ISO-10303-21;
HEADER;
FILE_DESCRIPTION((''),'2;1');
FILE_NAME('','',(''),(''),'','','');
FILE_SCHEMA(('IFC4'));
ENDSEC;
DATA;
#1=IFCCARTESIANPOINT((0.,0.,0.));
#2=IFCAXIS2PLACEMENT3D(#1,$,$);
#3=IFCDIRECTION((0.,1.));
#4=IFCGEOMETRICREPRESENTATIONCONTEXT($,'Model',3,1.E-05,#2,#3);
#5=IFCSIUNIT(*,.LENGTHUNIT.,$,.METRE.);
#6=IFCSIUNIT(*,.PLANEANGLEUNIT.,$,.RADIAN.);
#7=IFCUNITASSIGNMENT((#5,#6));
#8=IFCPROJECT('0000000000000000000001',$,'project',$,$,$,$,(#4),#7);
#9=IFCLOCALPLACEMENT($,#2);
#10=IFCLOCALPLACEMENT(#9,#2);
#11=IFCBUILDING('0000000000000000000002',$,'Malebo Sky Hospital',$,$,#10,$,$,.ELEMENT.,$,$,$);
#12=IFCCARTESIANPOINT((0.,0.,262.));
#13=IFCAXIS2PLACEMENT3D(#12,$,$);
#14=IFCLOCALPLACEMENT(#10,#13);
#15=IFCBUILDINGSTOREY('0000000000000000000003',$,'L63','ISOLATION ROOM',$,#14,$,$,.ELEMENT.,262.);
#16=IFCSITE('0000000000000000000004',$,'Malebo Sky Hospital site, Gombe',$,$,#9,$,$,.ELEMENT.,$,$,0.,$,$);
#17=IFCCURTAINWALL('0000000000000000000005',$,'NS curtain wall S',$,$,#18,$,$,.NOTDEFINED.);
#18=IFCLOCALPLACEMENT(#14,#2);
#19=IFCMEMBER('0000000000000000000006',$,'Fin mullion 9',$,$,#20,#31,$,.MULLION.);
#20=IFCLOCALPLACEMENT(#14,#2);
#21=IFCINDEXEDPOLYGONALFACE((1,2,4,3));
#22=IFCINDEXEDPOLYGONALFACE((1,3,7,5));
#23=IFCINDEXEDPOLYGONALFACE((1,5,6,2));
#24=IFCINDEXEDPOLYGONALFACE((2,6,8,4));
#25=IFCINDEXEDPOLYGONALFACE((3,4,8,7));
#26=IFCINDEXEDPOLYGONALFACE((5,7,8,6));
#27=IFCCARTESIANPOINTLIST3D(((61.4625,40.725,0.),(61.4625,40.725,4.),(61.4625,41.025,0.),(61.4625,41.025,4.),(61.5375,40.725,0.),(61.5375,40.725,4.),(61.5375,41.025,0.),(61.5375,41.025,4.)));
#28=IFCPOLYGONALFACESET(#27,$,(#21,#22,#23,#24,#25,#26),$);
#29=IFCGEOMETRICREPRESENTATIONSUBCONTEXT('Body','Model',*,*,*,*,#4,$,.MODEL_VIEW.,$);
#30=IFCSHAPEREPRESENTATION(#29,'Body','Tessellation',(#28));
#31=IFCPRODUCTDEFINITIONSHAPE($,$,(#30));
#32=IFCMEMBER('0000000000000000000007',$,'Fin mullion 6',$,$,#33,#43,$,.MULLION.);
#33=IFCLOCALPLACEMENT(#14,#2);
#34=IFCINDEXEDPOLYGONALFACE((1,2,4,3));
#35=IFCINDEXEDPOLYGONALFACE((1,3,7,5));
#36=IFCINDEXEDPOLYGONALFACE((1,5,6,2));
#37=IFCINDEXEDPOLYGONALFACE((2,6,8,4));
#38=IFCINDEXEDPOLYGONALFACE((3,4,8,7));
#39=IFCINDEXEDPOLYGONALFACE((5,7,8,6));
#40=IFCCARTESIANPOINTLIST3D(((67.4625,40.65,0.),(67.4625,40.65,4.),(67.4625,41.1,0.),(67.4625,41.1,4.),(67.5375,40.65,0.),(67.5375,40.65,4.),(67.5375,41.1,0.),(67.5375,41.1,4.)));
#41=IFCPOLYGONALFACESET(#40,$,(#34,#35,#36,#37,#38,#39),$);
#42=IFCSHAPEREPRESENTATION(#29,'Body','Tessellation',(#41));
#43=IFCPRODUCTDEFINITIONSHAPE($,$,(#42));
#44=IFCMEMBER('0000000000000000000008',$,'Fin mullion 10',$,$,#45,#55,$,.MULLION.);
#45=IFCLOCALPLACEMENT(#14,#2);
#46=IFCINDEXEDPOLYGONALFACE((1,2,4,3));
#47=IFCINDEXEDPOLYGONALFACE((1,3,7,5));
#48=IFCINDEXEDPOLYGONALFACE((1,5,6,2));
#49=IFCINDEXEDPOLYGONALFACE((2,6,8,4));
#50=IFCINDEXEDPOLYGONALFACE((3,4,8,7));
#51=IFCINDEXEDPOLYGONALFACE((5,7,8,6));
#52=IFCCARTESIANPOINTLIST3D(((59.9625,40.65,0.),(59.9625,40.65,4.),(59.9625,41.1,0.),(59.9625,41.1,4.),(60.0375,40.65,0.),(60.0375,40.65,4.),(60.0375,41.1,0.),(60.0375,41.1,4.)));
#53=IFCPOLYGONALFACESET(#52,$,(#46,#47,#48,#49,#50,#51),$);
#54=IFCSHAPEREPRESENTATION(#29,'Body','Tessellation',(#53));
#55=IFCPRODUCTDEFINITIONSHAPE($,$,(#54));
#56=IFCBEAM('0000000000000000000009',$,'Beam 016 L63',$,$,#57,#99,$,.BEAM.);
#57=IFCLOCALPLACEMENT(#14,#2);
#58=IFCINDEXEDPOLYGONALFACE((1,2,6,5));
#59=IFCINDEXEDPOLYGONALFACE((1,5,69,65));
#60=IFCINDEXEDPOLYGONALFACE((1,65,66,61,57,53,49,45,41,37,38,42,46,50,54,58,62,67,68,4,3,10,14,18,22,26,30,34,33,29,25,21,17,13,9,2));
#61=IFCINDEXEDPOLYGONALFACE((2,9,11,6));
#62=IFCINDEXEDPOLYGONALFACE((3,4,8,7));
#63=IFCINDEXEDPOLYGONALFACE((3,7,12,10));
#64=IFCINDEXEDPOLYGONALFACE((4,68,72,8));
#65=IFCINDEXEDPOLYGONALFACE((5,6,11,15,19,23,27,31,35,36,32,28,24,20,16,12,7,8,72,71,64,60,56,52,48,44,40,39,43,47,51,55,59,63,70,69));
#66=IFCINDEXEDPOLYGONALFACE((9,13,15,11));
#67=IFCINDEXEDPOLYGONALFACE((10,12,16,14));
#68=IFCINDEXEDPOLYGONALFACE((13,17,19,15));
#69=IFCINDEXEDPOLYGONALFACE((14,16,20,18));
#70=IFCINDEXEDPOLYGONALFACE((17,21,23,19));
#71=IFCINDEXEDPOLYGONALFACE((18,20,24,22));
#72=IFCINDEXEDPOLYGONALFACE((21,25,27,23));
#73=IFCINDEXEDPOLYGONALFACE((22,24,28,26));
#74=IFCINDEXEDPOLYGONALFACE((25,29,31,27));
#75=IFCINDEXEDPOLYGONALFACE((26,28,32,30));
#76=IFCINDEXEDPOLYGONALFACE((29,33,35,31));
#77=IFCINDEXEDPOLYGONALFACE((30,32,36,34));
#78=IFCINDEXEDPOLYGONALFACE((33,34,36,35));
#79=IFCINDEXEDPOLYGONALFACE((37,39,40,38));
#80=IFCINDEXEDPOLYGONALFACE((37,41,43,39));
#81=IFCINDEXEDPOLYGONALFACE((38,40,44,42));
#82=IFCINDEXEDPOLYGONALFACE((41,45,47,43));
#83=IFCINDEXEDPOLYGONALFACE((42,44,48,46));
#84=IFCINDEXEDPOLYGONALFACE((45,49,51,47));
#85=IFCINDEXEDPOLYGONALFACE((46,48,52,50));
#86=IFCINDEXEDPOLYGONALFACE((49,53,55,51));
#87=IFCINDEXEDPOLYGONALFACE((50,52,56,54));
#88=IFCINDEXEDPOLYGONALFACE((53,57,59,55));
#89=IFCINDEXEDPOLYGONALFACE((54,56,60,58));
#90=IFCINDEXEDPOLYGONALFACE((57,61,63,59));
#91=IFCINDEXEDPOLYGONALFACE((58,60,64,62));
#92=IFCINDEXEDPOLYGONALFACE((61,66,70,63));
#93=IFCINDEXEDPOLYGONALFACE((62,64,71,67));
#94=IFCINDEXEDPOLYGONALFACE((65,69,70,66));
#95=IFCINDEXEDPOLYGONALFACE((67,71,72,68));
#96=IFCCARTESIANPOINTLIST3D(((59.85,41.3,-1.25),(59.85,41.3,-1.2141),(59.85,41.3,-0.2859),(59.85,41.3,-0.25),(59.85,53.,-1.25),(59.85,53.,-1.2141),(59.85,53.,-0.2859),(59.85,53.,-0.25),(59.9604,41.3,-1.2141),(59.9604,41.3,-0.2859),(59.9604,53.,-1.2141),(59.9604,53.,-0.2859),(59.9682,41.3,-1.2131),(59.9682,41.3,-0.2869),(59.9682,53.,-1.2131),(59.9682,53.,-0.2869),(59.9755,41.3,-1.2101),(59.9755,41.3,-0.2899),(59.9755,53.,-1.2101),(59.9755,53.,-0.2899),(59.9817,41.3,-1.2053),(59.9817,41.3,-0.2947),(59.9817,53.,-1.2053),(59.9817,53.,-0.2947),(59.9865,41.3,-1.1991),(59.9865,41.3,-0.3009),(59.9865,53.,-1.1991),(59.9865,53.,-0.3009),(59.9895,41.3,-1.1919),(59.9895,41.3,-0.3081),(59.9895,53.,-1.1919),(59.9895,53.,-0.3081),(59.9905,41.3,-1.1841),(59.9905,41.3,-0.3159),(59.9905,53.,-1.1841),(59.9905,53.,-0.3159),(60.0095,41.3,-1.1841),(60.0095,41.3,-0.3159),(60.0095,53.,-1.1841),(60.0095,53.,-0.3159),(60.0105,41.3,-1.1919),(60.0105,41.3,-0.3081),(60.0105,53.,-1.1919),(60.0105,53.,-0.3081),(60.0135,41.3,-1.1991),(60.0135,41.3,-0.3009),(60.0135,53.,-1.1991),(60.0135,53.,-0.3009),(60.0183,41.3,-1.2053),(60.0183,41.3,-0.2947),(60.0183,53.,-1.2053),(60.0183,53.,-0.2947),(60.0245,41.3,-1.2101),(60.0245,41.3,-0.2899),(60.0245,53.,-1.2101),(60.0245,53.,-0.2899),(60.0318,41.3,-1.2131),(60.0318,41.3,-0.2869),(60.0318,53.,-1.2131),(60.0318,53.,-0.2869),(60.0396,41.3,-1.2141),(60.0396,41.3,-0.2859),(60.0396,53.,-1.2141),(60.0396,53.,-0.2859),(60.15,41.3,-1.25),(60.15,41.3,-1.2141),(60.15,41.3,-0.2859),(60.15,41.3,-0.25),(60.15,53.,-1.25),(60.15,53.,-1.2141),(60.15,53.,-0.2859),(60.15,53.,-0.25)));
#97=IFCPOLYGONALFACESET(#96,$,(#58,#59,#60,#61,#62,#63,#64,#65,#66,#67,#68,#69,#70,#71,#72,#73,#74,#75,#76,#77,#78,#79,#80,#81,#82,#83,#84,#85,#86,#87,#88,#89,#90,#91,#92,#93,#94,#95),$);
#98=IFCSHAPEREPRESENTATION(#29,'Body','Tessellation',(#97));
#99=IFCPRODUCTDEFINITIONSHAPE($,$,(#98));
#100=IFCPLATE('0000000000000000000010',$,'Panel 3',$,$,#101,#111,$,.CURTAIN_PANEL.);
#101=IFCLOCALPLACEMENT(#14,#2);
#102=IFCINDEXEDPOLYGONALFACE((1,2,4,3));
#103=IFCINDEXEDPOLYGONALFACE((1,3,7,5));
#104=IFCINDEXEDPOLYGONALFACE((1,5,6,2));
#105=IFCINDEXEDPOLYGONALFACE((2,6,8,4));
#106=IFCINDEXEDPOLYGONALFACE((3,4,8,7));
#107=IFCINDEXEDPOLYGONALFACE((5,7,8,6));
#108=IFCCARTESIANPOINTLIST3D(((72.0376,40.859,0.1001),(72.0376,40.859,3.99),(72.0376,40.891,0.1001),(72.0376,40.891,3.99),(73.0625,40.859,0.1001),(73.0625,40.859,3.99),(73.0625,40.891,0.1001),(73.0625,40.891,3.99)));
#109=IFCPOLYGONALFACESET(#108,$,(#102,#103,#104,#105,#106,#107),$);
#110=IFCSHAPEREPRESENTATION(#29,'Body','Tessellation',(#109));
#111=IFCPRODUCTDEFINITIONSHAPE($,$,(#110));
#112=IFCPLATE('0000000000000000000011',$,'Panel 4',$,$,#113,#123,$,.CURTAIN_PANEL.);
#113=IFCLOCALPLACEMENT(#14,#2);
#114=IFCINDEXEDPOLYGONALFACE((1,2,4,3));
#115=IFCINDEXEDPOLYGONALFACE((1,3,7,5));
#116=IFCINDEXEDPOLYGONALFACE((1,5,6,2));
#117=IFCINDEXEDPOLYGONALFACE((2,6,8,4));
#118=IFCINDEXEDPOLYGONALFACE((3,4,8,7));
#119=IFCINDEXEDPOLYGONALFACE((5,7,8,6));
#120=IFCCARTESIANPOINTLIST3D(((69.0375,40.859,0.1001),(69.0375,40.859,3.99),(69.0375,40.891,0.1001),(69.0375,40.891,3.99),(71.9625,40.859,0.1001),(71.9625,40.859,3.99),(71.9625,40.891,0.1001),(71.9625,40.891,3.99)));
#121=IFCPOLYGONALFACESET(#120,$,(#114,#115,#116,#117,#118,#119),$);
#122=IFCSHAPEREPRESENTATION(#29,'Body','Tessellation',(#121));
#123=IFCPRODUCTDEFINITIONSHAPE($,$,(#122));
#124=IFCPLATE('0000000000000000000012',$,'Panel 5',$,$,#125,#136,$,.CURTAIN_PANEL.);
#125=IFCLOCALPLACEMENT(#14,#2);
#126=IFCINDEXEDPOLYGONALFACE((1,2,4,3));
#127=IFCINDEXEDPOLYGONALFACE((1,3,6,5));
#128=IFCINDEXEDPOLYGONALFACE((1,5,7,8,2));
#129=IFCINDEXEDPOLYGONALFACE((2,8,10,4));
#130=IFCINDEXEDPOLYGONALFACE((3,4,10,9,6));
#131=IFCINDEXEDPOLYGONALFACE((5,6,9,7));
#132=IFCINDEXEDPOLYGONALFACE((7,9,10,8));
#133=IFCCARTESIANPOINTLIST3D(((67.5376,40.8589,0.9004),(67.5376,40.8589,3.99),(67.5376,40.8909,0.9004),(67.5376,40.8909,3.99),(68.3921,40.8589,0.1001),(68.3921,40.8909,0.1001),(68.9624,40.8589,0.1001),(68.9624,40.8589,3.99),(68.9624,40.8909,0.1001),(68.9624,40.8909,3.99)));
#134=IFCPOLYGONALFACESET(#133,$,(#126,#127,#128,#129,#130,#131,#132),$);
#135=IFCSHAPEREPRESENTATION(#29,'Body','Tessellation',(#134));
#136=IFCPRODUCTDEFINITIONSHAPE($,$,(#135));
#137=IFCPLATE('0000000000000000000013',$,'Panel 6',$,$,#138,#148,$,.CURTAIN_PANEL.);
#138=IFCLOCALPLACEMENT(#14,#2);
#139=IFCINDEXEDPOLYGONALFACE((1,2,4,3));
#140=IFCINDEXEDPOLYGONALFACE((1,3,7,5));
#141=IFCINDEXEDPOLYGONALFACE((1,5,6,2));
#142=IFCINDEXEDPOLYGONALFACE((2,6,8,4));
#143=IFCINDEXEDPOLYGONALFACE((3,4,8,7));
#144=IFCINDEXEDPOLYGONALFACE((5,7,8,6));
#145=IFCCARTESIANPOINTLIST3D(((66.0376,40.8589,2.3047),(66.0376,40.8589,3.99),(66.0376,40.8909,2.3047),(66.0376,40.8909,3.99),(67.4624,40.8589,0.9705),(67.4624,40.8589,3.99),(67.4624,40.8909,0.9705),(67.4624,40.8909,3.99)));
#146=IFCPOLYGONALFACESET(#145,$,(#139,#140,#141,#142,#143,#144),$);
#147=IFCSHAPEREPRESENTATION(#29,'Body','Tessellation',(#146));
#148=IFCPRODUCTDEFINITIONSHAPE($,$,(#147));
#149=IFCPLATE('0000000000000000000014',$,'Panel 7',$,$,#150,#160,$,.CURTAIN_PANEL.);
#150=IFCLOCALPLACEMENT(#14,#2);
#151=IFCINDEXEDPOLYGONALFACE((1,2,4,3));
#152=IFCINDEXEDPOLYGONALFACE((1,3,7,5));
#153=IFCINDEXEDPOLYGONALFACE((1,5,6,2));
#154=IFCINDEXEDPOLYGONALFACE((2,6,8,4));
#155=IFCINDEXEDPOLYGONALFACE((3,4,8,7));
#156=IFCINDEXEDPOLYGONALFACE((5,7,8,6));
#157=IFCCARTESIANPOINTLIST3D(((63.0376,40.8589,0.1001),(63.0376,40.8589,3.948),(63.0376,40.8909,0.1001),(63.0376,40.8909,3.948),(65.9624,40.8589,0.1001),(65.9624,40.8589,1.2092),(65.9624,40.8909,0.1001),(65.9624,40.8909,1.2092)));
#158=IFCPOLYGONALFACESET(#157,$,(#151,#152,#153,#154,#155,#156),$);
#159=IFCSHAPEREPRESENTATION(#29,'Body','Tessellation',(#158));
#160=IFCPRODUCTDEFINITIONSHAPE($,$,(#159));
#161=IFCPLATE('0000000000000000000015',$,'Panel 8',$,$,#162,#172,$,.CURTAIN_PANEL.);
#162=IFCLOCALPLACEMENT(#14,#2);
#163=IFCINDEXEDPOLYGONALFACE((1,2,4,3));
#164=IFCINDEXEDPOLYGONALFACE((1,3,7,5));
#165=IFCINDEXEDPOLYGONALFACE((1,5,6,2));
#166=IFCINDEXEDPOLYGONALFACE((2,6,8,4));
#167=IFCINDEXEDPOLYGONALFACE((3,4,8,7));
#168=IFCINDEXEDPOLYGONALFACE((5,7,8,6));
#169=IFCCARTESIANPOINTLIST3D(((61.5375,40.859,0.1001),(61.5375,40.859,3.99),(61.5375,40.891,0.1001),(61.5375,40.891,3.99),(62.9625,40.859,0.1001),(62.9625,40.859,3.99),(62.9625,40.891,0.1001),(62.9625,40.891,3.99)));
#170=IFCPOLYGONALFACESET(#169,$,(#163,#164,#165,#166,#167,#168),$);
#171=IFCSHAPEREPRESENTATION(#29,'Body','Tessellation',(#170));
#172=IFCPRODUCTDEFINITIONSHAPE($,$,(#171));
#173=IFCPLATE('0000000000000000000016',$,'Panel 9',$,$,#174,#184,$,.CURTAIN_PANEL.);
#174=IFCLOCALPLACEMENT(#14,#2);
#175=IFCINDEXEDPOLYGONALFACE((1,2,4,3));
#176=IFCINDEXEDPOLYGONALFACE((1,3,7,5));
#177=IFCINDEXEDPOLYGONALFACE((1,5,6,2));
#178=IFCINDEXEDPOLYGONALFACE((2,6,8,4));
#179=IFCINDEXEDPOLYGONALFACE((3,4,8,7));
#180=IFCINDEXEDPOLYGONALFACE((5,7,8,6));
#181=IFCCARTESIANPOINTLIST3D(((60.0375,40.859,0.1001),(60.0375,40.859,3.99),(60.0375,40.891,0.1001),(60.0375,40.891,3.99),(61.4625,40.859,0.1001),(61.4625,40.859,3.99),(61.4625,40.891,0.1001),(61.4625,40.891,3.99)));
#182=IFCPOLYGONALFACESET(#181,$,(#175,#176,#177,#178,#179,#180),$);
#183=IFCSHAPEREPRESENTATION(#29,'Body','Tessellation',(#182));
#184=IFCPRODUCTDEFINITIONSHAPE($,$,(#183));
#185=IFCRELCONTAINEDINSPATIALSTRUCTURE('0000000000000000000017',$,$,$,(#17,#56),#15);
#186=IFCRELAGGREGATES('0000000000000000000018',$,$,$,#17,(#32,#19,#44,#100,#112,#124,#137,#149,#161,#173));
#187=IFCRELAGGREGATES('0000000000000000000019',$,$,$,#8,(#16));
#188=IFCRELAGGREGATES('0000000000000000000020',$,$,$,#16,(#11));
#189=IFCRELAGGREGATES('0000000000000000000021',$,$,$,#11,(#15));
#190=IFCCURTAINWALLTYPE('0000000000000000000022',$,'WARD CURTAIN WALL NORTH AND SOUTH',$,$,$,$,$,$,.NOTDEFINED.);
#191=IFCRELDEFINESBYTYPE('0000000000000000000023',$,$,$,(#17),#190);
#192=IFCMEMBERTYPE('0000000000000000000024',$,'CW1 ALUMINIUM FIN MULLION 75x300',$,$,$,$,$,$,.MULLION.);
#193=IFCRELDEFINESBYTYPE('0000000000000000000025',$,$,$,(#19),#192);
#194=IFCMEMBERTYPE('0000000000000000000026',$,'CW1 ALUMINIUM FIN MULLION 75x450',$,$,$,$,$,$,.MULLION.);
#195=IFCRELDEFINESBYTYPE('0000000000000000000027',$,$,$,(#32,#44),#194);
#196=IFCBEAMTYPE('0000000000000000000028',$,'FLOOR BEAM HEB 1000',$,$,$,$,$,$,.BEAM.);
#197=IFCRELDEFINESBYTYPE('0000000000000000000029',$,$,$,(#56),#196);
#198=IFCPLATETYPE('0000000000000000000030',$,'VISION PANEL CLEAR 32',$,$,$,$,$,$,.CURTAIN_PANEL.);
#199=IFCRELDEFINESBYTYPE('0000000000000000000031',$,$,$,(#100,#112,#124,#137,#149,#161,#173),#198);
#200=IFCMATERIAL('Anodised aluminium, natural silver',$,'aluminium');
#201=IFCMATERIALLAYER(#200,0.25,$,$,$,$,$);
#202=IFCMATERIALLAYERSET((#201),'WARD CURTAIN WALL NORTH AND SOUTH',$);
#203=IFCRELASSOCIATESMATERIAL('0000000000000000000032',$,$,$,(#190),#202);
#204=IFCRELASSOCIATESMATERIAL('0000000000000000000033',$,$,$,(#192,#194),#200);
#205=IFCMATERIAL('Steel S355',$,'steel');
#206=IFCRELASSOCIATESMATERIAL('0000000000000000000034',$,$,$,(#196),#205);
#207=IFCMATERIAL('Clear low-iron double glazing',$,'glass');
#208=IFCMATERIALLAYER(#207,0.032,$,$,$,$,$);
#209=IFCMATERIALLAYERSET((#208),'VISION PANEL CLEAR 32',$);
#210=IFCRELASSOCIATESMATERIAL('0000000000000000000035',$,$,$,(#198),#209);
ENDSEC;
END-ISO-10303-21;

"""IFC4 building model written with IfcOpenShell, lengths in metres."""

from ifc_helpers import new_model, si_unit, direction, frame, origin, origin_2d, place, context, subcontext, project, spatial, polyline, rectangle, i_section, outline, extrude, material, layer, layer_set, material_profile, profile_set, type_object, element, aggregate, save


model = new_model("IFC4")

# Units and contexts
model_context = context("Model", 3, precision=1e-05, world=origin(), true_north=direction((0.0, 1.0)))
body_context = subcontext(model_context, "Body", "Model", "MODEL_VIEW")
ifc_project = project(units=[si_unit("LENGTHUNIT", "METRE"), si_unit("PLANEANGLEUNIT", "RADIAN")], contexts=[model_context])

# Site, building, storey
site_placement = place(None, origin())
site = spatial("IfcSite", under=ifc_project, at=site_placement, Name="Malebo Sky Hospital site, Gombe", CompositionType="ELEMENT", RefElevation=0.0)
building_placement = place(site_placement, origin())
building = spatial("IfcBuilding", under=site, at=building_placement, Name="Malebo Sky Hospital", CompositionType="ELEMENT")
storey_placement = place(building_placement, frame((0.0, 0.0, 262.0)))
storey = spatial("IfcBuildingStorey", under=building, at=storey_placement, Name="L63", Description="ISOLATION ROOM", CompositionType="ELEMENT", Elevation=262.0)

# Curtain wall
ifc_material_1 = material(Name="Anodised aluminium, natural silver", Category="aluminium")
ifc_layer_1 = layer(ifc_material_1, 0.25)
ifc_layer_set_1 = layer_set([ifc_layer_1], Name="WARD CURTAIN WALL NORTH AND SOUTH")
curtain_wall_type = type_object("IfcCurtainWallType", Name="WARD CURTAIN WALL NORTH AND SOUTH", PredefinedType="NOTDEFINED", material=ifc_layer_set_1)
curtain_wall_placement = place(storey_placement, origin())
curtain_wall = element("IfcCurtainWall", 1, at=curtain_wall_placement, inside=storey, type_object=curtain_wall_type, Name="NS curtain wall S", PredefinedType="NOTDEFINED")

# Members
ifc_material_2 = material(Name="Steel S355", Category="steel")
ifc_material_profile_1 = material_profile(ifc_material_1, rectangle(XDim=0.075, YDim=0.3, at=origin_2d()), Name="CW1 ALUMINIUM FIN MULLION 75x300")
ifc_profile_set_1 = profile_set([ifc_material_profile_1], Name="Anodised aluminium, natural silver")
member_type_1 = type_object("IfcMemberType", Name="CW1 ALUMINIUM FIN MULLION 75x300", PredefinedType="MULLION", material=ifc_profile_set_1)
member_1_placement = place(storey_placement, frame((61.5, 40.875, 0.0), z_axis=(0.0, 0.0, 1.0), x_axis=(-1.0, 0.0, 0.0)))
member_1 = element("IfcMember", 2, at=member_1_placement, type_object=member_type_1, Name="Fin mullion 9", PredefinedType="MULLION", context=body_context, shape_type="SweptSolid", body=[
    extrude(rectangle(XDim=0.075, YDim=0.3, at=origin_2d()), origin(), (0.0, 0.0, 1.0), 4.0),
])
ifc_material_profile_2 = material_profile(ifc_material_1, rectangle(XDim=0.075, YDim=0.45, at=origin_2d()), Name="CW1 ALUMINIUM FIN MULLION 75x450")
ifc_profile_set_2 = profile_set([ifc_material_profile_2], Name="Anodised aluminium, natural silver")
member_type_2 = type_object("IfcMemberType", Name="CW1 ALUMINIUM FIN MULLION 75x450", PredefinedType="MULLION", material=ifc_profile_set_2)
member_2_placement = place(storey_placement, frame((67.5, 40.875, 0.0), z_axis=(0.0, 0.0, 1.0), x_axis=(-1.0, 0.0, 0.0)))
member_2 = element("IfcMember", 3, at=member_2_placement, type_object=member_type_2, Name="Fin mullion 6", PredefinedType="MULLION", context=body_context, shape_type="SweptSolid", body=[
    extrude(rectangle(XDim=0.075, YDim=0.45, at=origin_2d()), origin(), (0.0, 0.0, 1.0), 4.0),
])
member_3_placement = place(storey_placement, frame((60.0, 40.875, 0.0), z_axis=(0.0, 0.0, 1.0), x_axis=(-1.0, 0.0, 0.0)))
member_3 = element("IfcMember", 4, at=member_3_placement, type_object=member_type_2, Name="Fin mullion 10", PredefinedType="MULLION", context=body_context, shape_type="SweptSolid", body=[
    extrude(rectangle(XDim=0.075, YDim=0.45, at=origin_2d()), origin(), (0.0, 0.0, 1.0), 4.0),
])

# Beam
ifc_material_profile_3 = material_profile(ifc_material_2, i_section(OverallWidth=0.3, OverallDepth=1.0, WebThickness=0.019, FlangeThickness=0.0359, FilletRadius=0.03, at=origin_2d()), Name="HEB 1000")
ifc_profile_set_3 = profile_set([ifc_material_profile_3], Name="Steel S355")
beam_type = type_object("IfcBeamType", Name="FLOOR BEAM HEB 1000", PredefinedType="BEAM", material=ifc_profile_set_3)
beam_placement = place(storey_placement, frame((60.0, 41.3, -0.75), z_axis=(0.0, 1.0, 0.0), x_axis=(-1.0, 0.0, 0.0)))
element("IfcBeam", 5, at=beam_placement, inside=storey, type_object=beam_type, Name="Beam 016 L63", PredefinedType="BEAM", context=body_context, shape_type="SweptSolid", body=[
    extrude(i_section(OverallWidth=0.3, OverallDepth=1.0, WebThickness=0.019, FlangeThickness=0.0359, FilletRadius=0.03, at=origin_2d()), origin(), (0.0, 0.0, 1.0), 11.7),
])

# Plates
ifc_material_3 = material(Name="Clear low-iron double glazing", Category="glass")
ifc_layer_2 = layer(ifc_material_3, 0.032)
ifc_layer_set_2 = layer_set([ifc_layer_2], Name="VISION PANEL CLEAR 32")
plate_type = type_object("IfcPlateType", Name="VISION PANEL CLEAR 32", PredefinedType="CURTAIN_PANEL", material=ifc_layer_set_2)
plate_1_placement = place(storey_placement, frame((72.55, 40.875, 0.1001), z_axis=(0.0, 0.0, 1.0), x_axis=(-1.0, 0.0, 0.0)))
plate_1 = element("IfcPlate", 6, at=plate_1_placement, type_object=plate_type, Name="Panel 3", PredefinedType="CURTAIN_PANEL", context=body_context, shape_type="SweptSolid", body=[
    extrude(rectangle(XDim=1.0249, YDim=0.032, at=origin_2d()), origin(), (0.0, 0.0, 1.0), 3.8899),
])
plate_2_placement = place(storey_placement, frame((70.5, 40.875, 0.1001), z_axis=(0.0, 0.0, 1.0), x_axis=(-1.0, 0.0, 0.0)))
plate_2 = element("IfcPlate", 7, at=plate_2_placement, type_object=plate_type, Name="Panel 4", PredefinedType="CURTAIN_PANEL", context=body_context, shape_type="SweptSolid", body=[
    extrude(rectangle(XDim=2.925, YDim=0.032, at=origin_2d()), origin(), (0.0, 0.0, 1.0), 3.8899),
])
plate_3_placement = place(storey_placement, frame((68.25, 40.875, 0.1001), z_axis=(0.0, 0.0, 1.0), x_axis=(-1.0, 0.0, 0.0)))
plate_3 = element("IfcPlate", 8, at=plate_3_placement, type_object=plate_type, Name="Panel 5", PredefinedType="CURTAIN_PANEL", context=body_context, shape_type="SweptSolid", body=[
    extrude(outline(polyline([(-0.7124, 0.0), (-0.1421, 0.0), (0.7124, 0.8003), (0.7124, 3.8899), (-0.7124, 3.8899), (-0.7124, 0.0)])), frame((0.0, 0.0161, 0.0), z_axis=(0.0, -1.0, 0.0), x_axis=(1.0, 0.0, 0.0)), (0.0, 0.0, 1.0), 0.032),
])
plate_4_placement = place(storey_placement, frame((66.75, 40.875, 0.9705), z_axis=(0.0, 0.0, 1.0), x_axis=(-1.0, 0.0, 0.0)))
plate_4 = element("IfcPlate", 9, at=plate_4_placement, type_object=plate_type, Name="Panel 6", PredefinedType="CURTAIN_PANEL", context=body_context, shape_type="SweptSolid", body=[
    extrude(outline(polyline([(-0.7124, 0.0), (0.7124, 1.3342), (0.7124, 3.0195), (-0.7124, 3.0195), (-0.7124, 0.0)])), frame((0.0, 0.0161, 0.0), z_axis=(0.0, -1.0, 0.0), x_axis=(1.0, 0.0, 0.0)), (0.0, 0.0, 1.0), 0.032),
])
plate_5_placement = place(storey_placement, frame((64.5, 40.875, 0.1001), z_axis=(0.0, 0.0, 1.0), x_axis=(-1.0, 0.0, 0.0)))
plate_5 = element("IfcPlate", 10, at=plate_5_placement, type_object=plate_type, Name="Panel 7", PredefinedType="CURTAIN_PANEL", context=body_context, shape_type="SweptSolid", body=[
    extrude(outline(polyline([(-1.4624, 0.0), (1.4624, 0.0), (1.4624, 3.8479), (-1.4624, 1.1091), (-1.4624, 0.0)])), frame((0.0, 0.0161, 0.0), z_axis=(0.0, -1.0, 0.0), x_axis=(1.0, 0.0, 0.0)), (0.0, 0.0, 1.0), 0.032),
])
plate_6_placement = place(storey_placement, frame((62.25, 40.875, 0.1001), z_axis=(0.0, 0.0, 1.0), x_axis=(-1.0, 0.0, 0.0)))
plate_6 = element("IfcPlate", 11, at=plate_6_placement, type_object=plate_type, Name="Panel 8", PredefinedType="CURTAIN_PANEL", context=body_context, shape_type="SweptSolid", body=[
    extrude(rectangle(XDim=1.425, YDim=0.032, at=origin_2d()), origin(), (0.0, 0.0, 1.0), 3.8899),
])
plate_7_placement = place(storey_placement, frame((60.75, 40.875, 0.1001), z_axis=(0.0, 0.0, 1.0), x_axis=(-1.0, 0.0, 0.0)))
plate_7 = element("IfcPlate", 12, at=plate_7_placement, type_object=plate_type, Name="Panel 9", PredefinedType="CURTAIN_PANEL", context=body_context, shape_type="SweptSolid", body=[
    extrude(rectangle(XDim=1.425, YDim=0.032, at=origin_2d()), origin(), (0.0, 0.0, 1.0), 3.8899),
])
aggregate(curtain_wall, [member_2, member_1, member_3, plate_1, plate_2, plate_3, plate_4, plate_5, plate_6, plate_7])

save(model, "model.ifc")
